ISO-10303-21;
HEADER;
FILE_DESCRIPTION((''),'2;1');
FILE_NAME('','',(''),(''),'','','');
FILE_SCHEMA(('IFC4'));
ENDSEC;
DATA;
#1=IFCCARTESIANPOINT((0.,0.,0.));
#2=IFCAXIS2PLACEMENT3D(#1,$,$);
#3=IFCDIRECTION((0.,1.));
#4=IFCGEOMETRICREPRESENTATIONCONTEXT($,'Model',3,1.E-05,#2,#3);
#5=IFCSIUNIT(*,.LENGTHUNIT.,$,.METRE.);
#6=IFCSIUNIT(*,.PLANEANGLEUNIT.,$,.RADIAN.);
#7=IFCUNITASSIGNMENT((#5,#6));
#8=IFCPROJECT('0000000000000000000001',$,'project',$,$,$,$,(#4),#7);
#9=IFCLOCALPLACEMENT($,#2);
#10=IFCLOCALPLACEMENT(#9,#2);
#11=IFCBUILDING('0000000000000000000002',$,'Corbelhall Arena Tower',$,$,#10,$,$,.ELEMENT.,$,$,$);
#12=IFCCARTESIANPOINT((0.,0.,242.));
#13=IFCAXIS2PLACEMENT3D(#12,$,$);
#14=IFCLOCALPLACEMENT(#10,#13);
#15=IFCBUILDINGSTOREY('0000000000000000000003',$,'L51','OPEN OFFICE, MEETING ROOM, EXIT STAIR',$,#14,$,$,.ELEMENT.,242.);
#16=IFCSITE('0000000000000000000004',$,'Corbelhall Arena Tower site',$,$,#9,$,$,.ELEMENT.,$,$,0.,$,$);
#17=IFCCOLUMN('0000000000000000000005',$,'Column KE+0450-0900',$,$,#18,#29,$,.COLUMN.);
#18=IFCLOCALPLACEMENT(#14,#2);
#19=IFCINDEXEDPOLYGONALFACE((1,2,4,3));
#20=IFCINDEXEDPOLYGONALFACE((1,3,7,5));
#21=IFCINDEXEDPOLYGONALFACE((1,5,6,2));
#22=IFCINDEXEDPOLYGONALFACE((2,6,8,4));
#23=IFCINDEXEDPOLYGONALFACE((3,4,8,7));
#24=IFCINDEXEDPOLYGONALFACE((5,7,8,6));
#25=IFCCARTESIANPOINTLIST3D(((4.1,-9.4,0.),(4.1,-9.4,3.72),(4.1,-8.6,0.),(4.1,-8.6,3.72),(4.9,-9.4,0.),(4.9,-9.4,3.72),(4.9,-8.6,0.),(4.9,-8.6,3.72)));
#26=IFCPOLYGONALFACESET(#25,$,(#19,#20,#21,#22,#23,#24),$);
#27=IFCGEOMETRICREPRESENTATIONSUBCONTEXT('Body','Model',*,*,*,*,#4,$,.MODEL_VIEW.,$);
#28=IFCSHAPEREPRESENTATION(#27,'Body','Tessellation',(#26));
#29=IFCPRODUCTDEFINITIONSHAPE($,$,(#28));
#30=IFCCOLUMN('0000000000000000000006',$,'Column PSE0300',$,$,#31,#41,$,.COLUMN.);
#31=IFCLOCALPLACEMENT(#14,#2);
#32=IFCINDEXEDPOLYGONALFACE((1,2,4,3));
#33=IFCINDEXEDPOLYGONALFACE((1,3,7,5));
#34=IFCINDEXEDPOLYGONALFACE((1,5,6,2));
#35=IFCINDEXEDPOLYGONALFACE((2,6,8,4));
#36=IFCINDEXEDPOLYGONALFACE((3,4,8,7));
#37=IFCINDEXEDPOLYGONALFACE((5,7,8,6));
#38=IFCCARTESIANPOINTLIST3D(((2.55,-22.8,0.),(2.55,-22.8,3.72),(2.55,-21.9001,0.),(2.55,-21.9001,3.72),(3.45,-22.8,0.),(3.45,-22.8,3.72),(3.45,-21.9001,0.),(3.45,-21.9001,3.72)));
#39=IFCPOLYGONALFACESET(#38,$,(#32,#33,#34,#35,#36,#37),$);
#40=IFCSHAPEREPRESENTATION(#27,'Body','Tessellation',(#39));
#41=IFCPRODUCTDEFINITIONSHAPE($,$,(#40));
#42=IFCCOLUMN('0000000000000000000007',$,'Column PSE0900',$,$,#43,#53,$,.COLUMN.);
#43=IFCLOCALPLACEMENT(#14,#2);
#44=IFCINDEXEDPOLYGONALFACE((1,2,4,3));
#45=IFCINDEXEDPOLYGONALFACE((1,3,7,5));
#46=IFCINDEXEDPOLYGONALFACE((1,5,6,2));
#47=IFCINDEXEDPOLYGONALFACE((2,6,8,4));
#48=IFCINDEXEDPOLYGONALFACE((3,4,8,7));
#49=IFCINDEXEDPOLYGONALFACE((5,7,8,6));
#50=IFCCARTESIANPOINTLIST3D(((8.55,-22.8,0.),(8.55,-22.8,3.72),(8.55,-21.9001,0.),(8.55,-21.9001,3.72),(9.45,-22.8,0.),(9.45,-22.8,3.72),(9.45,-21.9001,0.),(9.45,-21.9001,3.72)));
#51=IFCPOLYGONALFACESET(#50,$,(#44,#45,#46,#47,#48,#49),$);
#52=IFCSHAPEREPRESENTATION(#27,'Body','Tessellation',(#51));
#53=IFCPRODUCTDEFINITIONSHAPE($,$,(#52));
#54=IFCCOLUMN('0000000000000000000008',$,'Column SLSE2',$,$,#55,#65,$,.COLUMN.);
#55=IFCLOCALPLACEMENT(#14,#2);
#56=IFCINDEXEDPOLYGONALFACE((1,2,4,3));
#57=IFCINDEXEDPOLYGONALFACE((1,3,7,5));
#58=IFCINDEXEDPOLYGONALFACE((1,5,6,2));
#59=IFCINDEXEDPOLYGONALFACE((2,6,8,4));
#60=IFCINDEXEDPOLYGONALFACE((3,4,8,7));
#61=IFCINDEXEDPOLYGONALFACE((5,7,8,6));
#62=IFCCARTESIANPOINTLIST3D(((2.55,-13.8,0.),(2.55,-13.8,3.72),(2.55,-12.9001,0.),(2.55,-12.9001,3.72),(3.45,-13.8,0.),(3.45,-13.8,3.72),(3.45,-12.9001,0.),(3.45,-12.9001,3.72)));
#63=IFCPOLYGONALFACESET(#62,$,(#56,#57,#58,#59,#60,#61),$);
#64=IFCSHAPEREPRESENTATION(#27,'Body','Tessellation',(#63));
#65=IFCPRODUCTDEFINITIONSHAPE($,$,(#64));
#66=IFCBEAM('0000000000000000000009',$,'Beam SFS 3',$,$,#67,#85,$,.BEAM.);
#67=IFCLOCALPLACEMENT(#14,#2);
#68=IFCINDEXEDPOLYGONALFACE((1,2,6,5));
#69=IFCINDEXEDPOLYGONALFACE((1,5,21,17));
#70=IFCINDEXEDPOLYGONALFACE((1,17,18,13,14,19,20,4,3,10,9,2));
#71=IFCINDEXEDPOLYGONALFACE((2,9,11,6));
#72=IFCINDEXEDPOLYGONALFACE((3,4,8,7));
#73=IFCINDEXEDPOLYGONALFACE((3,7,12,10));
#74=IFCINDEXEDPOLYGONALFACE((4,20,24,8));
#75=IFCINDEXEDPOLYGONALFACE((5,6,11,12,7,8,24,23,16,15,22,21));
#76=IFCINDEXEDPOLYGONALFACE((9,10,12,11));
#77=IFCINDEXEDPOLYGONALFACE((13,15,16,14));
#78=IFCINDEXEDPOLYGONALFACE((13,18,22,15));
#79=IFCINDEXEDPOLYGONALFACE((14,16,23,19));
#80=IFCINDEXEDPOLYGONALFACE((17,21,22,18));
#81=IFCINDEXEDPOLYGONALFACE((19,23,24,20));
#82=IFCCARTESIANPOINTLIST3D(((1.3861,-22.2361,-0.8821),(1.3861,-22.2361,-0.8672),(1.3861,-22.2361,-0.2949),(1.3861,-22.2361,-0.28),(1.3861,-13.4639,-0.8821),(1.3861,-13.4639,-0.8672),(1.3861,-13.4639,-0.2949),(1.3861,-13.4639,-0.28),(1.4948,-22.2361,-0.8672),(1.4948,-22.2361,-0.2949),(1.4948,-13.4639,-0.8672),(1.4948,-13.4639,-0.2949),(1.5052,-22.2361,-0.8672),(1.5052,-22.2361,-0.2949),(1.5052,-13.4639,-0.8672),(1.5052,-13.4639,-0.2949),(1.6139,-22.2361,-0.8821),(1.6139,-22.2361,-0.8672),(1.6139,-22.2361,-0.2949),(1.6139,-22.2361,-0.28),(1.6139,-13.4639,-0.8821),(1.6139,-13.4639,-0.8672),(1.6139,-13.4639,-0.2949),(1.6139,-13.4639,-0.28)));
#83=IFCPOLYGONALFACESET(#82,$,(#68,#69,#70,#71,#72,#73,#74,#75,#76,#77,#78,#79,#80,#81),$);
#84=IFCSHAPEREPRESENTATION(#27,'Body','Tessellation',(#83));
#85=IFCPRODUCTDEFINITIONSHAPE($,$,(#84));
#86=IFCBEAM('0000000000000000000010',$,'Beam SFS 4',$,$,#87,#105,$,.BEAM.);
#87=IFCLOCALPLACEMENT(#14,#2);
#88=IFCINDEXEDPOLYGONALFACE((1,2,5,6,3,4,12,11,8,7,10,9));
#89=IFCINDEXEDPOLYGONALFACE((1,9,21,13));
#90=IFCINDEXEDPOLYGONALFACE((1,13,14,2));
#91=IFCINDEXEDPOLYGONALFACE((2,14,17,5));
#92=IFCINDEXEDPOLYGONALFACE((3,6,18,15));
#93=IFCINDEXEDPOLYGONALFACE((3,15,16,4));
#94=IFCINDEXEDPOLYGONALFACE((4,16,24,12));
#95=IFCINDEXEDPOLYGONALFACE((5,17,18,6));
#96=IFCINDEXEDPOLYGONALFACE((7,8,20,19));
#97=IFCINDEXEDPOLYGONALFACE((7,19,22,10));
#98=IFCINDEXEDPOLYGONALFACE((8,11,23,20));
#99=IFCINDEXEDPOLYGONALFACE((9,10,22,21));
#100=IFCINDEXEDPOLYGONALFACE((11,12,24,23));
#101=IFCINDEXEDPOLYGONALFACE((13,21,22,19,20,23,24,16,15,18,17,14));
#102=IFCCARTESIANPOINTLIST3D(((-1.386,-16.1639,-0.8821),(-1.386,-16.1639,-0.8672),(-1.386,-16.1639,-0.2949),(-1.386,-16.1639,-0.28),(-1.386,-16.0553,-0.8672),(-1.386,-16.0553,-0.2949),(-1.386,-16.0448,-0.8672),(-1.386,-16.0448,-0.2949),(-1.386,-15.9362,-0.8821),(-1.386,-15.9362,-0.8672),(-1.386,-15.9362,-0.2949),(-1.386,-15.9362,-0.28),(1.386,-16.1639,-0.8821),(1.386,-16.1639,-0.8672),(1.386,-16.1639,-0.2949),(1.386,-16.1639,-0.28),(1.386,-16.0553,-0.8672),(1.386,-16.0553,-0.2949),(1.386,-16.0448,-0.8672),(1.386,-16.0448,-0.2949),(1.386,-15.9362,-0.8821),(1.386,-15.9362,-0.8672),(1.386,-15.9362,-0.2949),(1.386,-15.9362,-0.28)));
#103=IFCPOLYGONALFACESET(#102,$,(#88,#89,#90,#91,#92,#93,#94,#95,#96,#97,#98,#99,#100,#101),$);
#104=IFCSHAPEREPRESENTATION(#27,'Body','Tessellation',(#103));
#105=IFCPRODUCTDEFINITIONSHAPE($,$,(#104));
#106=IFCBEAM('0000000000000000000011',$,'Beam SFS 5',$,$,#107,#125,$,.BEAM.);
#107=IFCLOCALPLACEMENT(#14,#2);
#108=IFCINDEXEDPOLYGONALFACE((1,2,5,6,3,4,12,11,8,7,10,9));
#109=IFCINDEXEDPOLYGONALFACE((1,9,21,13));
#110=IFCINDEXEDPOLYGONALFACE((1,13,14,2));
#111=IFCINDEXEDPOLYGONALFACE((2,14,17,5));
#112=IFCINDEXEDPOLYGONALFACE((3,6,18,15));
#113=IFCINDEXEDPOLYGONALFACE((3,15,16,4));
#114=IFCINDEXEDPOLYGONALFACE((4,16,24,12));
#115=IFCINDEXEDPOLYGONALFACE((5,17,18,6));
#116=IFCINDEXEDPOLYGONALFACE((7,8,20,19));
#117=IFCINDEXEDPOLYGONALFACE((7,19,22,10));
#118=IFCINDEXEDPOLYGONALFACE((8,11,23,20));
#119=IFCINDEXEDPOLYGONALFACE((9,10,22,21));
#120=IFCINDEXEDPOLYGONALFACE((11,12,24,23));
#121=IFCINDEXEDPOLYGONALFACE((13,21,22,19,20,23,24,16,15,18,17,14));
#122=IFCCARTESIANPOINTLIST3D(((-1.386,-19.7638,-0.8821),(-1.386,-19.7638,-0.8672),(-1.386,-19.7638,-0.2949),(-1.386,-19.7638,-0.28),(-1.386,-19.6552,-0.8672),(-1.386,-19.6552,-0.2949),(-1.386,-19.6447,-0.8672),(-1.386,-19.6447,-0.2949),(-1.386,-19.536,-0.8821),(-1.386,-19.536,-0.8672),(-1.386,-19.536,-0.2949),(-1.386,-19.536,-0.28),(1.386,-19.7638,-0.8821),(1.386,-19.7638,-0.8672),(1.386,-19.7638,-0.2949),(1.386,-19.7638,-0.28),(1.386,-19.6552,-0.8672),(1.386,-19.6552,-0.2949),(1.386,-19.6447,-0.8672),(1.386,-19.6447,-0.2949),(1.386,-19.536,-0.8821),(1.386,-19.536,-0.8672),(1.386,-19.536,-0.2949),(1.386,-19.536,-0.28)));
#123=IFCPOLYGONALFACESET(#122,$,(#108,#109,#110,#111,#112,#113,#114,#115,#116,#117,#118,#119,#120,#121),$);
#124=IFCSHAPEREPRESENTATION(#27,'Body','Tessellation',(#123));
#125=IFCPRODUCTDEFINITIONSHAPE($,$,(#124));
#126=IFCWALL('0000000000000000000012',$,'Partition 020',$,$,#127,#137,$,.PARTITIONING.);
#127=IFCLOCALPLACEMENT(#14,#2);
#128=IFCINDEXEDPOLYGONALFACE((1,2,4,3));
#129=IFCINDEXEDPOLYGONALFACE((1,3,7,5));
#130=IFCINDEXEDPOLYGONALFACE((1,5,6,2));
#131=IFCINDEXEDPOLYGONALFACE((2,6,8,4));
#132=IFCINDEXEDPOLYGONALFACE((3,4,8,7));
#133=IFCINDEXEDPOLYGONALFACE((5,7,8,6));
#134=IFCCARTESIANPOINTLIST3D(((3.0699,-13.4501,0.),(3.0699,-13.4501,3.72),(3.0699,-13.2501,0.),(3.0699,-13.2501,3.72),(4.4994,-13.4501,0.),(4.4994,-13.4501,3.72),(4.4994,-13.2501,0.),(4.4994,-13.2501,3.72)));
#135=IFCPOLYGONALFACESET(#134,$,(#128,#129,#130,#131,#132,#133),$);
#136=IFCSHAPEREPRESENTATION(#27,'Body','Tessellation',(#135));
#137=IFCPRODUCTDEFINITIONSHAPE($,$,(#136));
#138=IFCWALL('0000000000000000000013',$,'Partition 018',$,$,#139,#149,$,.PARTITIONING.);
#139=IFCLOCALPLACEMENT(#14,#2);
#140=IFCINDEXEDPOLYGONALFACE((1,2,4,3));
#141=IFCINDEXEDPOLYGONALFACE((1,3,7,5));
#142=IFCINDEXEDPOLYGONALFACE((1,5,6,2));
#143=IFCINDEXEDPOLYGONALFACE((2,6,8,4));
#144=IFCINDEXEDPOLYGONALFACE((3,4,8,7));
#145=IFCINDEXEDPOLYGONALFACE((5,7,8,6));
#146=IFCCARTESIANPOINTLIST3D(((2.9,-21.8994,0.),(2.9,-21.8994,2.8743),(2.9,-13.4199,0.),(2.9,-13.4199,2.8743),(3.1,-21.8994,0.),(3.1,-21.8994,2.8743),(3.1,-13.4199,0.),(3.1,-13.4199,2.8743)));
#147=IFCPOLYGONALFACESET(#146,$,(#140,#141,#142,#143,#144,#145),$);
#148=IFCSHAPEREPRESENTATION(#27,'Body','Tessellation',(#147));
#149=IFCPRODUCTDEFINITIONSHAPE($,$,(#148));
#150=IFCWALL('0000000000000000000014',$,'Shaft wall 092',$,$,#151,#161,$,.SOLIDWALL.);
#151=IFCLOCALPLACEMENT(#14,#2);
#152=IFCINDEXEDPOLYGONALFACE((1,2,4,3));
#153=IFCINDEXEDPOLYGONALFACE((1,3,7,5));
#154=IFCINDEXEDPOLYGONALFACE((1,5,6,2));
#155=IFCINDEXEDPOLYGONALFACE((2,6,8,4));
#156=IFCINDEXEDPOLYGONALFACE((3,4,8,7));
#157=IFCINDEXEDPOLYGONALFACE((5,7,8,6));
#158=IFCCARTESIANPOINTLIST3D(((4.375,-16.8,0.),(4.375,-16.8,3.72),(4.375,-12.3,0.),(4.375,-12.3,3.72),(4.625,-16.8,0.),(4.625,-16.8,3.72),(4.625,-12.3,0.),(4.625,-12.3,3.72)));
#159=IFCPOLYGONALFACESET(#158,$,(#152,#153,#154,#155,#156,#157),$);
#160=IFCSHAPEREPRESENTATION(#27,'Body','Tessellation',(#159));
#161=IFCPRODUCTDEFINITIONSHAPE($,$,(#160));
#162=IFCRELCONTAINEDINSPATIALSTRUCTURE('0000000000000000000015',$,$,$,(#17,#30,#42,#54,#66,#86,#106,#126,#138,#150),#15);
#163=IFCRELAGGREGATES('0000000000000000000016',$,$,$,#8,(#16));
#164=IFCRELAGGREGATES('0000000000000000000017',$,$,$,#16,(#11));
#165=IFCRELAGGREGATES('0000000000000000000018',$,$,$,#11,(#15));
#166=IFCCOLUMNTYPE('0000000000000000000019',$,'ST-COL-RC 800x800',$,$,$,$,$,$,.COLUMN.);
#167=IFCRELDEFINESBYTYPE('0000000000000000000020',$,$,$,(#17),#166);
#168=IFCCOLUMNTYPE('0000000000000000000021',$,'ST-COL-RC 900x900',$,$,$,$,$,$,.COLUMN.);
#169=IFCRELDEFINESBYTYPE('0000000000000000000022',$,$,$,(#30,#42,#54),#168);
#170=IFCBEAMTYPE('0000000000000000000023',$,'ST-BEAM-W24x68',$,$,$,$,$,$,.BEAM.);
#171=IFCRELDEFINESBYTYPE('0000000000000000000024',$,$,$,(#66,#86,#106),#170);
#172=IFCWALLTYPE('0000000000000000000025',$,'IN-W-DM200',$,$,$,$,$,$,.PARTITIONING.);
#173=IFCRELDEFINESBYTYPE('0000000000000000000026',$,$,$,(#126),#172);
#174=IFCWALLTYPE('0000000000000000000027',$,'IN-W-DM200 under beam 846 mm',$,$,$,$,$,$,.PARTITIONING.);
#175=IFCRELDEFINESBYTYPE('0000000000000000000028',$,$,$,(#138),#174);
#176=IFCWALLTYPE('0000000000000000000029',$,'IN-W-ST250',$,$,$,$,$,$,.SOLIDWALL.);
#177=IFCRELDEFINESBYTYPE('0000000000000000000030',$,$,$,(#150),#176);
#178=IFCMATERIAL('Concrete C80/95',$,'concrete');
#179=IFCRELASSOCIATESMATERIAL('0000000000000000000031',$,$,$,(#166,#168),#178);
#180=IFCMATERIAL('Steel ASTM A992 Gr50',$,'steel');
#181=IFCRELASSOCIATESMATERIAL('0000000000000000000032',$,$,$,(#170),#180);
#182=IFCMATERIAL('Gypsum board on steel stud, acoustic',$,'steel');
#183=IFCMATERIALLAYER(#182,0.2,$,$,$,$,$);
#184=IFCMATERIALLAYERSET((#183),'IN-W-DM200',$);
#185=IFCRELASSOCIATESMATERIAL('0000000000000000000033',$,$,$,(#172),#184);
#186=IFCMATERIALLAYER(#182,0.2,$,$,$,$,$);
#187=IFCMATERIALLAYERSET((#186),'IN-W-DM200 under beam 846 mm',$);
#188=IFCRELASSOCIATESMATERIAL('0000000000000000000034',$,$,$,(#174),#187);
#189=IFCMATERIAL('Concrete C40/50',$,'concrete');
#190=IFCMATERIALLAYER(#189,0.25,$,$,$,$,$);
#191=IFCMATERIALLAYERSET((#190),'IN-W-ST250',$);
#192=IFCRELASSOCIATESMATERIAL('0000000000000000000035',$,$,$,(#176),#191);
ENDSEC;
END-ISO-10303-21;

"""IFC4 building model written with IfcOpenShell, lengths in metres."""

from ifc_helpers import new_model, si_unit, direction, frame, frame_2d, origin, origin_2d, place, context, subcontext, project, spatial, rectangle, i_section, extrude, material, layer, layer_set, material_profile, profile_set, type_object, element, save


model = new_model("IFC4")

# Units and contexts
model_context = context("Model", 3, precision=1e-05, world=origin(), true_north=direction((0.0, 1.0)))
body_context = subcontext(model_context, "Body", "Model", "MODEL_VIEW")
ifc_project = project(units=[si_unit("LENGTHUNIT", "METRE"), si_unit("PLANEANGLEUNIT", "RADIAN")], contexts=[model_context])

# Site, building, storey
site_placement = place(None, origin())
site = spatial("IfcSite", under=ifc_project, at=site_placement, Name="Corbelhall Arena Tower site", CompositionType="ELEMENT", RefElevation=0.0)
building_placement = place(site_placement, origin())
building = spatial("IfcBuilding", under=site, at=building_placement, Name="Corbelhall Arena Tower", CompositionType="ELEMENT")
storey_placement = place(building_placement, frame((0.0, 0.0, 242.0)))
storey = spatial("IfcBuildingStorey", under=building, at=storey_placement, Name="L51", Description="OPEN OFFICE, MEETING ROOM, EXIT STAIR", CompositionType="ELEMENT", Elevation=242.0)

# Columns
ifc_material_1 = material(Name="Concrete C80/95", Category="concrete")
ifc_material_profile_1 = material_profile(ifc_material_1, rectangle(XDim=0.8, YDim=0.8, at=origin_2d()))
ifc_profile_set_1 = profile_set([ifc_material_profile_1], Name="Concrete C80/95")
column_type_1 = type_object("IfcColumnType", Name="ST-COL-RC 800x800", PredefinedType="COLUMN", material=ifc_profile_set_1)
column_placement = place(storey_placement, frame((4.5, -9.0, 0.0), z_axis=(0.0, 0.0, 1.0), x_axis=(1.0, 0.0, 0.0)))
element("IfcColumn", 1, at=column_placement, inside=storey, type_object=column_type_1, Name="Column KE+0450-0900", PredefinedType="COLUMN", context=body_context, shape_type="SweptSolid", body=[
    extrude(rectangle(XDim=0.8, YDim=0.8, at=origin_2d()), origin(), (0.0, 0.0, 1.0), 3.72),
])
ifc_material_profile_2 = material_profile(ifc_material_1, rectangle(XDim=0.8999, YDim=0.8999, at=origin_2d()))
ifc_profile_set_2 = profile_set([ifc_material_profile_2], Name="Concrete C80/95")
column_type_2 = type_object("IfcColumnType", Name="ST-COL-RC 900x900", PredefinedType="COLUMN", material=ifc_profile_set_2)
for number, where, z_axis, x_axis, name in (
    (2, (3.0, -22.3501, 0.0), (0.0, 0.0, 1.0), (1.0, 0.0, 0.0), "Column PSE0300"),
    (3, (9.0, -22.3501, 0.0), (0.0, 0.0, 1.0), (1.0, 0.0, 0.0), "Column PSE0900"),
    (4, (3.0, -13.3501, 0.0), (0.0, 0.0, 1.0), (1.0, 0.0, 0.0), "Column SLSE2"),
):
    element("IfcColumn", number, at=place(storey_placement, frame(where, z_axis=z_axis, x_axis=x_axis)), inside=storey, type_object=column_type_2, Name=name, PredefinedType="COLUMN", context=body_context, shape_type="SweptSolid", body=[
        extrude(rectangle(XDim=0.8999, YDim=0.8999, at=origin_2d()), origin(), (0.0, 0.0, 1.0), 3.72),
    ])

# Beams
ifc_material_2 = material(Name="Steel ASTM A992 Gr50", Category="steel")
ifc_material_profile_3 = material_profile(ifc_material_2, i_section(OverallWidth=0.2278, OverallDepth=0.6021, WebThickness=0.0105, FlangeThickness=0.0149, at=origin_2d()))
ifc_profile_set_3 = profile_set([ifc_material_profile_3], Name="Steel ASTM A992 Gr50")
beam_type = type_object("IfcBeamType", Name="ST-BEAM-W24x68", PredefinedType="BEAM", material=ifc_profile_set_3)
beam_placement = place(storey_placement, frame((1.5, -13.4639, -0.5811), z_axis=(0.0, -1.0, 0.0), x_axis=(1.0, 0.0, 0.0)))
element("IfcBeam", 5, at=beam_placement, inside=storey, type_object=beam_type, Name="Beam SFS 3", PredefinedType="BEAM", context=body_context, shape_type="SweptSolid", body=[
    extrude(i_section(OverallWidth=0.2278, OverallDepth=0.6021, WebThickness=0.0105, FlangeThickness=0.0149, at=origin_2d()), origin(), (0.0, 0.0, 1.0), 8.7722),
])
for number, where, z_axis, x_axis, name in (
    (6, (-1.386, -16.05, -0.5811), (1.0, 0.0, 0.0), (0.0, 1.0, 0.0), "Beam SFS 4"),
    (7, (-1.386, -19.6499, -0.5811), (1.0, 0.0, 0.0), (0.0, 1.0, 0.0), "Beam SFS 5"),
):
    element("IfcBeam", number, at=place(storey_placement, frame(where, z_axis=z_axis, x_axis=x_axis)), inside=storey, type_object=beam_type, Name=name, PredefinedType="BEAM", context=body_context, shape_type="SweptSolid", body=[
        extrude(i_section(OverallWidth=0.2278, OverallDepth=0.6021, WebThickness=0.0105, FlangeThickness=0.0149, at=origin_2d()), origin(), (0.0, 0.0, 1.0), 2.772),
    ])

# Walls
ifc_material_3 = material(Name="Gypsum board on steel stud, acoustic", Category="steel")
ifc_layer_1 = layer(ifc_material_3, 0.2)
ifc_layer_set_1 = layer_set([ifc_layer_1], Name="IN-W-DM200")
wall_type_1 = type_object("IfcWallType", Name="IN-W-DM200", PredefinedType="PARTITIONING", material=ifc_layer_set_1)
wall_1_placement = place(storey_placement, frame((4.4995, -13.3501, 0.0), z_axis=(0.0, 0.0, 1.0), x_axis=(-1.0, 0.0, 0.0)))
element("IfcWall", 8, at=wall_1_placement, inside=storey, type_object=wall_type_1, Name="Partition 020", PredefinedType="PARTITIONING", context=body_context, shape_type="SweptSolid", body=[
    extrude(rectangle(XDim=1.4294, YDim=0.2, at=frame_2d((0.7148, 0.0))), origin(), (0.0, 0.0, 1.0), 3.72),
])
ifc_layer_2 = layer(ifc_material_3, 0.2)
ifc_layer_set_2 = layer_set([ifc_layer_2], Name="IN-W-DM200 under beam 846 mm")
wall_type_2 = type_object("IfcWallType", Name="IN-W-DM200 under beam 846 mm", PredefinedType="PARTITIONING", material=ifc_layer_set_2)
wall_2_placement = place(storey_placement, frame((3.0, -13.4199, 0.0), z_axis=(0.0, 0.0, 1.0), x_axis=(0.0, -1.0, 0.0)))
element("IfcWall", 9, at=wall_2_placement, inside=storey, type_object=wall_type_2, Name="Partition 018", PredefinedType="PARTITIONING", context=body_context, shape_type="SweptSolid", body=[
    extrude(rectangle(XDim=8.4795, YDim=0.2, at=frame_2d((4.2397, 0.0))), origin(), (0.0, 0.0, 1.0), 2.8743),
])

# Wall
ifc_material_4 = material(Name="Concrete C40/50", Category="concrete")
ifc_layer_3 = layer(ifc_material_4, 0.25)
ifc_layer_set_3 = layer_set([ifc_layer_3], Name="IN-W-ST250")
wall_type_3 = type_object("IfcWallType", Name="IN-W-ST250", PredefinedType="SOLIDWALL", material=ifc_layer_set_3)
wall_3_placement = place(storey_placement, frame((4.5, -16.8, 0.0), z_axis=(0.0, 0.0, 1.0), x_axis=(0.0, 1.0, 0.0)))
element("IfcWall", 10, at=wall_3_placement, inside=storey, type_object=wall_type_3, Name="Shaft wall 092", PredefinedType="SOLIDWALL", context=body_context, shape_type="SweptSolid", body=[
    extrude(rectangle(XDim=4.5, YDim=0.25, at=frame_2d((2.25, 0.0))), origin(), (0.0, 0.0, 1.0), 3.72),
])

save(model, "model.ifc")
